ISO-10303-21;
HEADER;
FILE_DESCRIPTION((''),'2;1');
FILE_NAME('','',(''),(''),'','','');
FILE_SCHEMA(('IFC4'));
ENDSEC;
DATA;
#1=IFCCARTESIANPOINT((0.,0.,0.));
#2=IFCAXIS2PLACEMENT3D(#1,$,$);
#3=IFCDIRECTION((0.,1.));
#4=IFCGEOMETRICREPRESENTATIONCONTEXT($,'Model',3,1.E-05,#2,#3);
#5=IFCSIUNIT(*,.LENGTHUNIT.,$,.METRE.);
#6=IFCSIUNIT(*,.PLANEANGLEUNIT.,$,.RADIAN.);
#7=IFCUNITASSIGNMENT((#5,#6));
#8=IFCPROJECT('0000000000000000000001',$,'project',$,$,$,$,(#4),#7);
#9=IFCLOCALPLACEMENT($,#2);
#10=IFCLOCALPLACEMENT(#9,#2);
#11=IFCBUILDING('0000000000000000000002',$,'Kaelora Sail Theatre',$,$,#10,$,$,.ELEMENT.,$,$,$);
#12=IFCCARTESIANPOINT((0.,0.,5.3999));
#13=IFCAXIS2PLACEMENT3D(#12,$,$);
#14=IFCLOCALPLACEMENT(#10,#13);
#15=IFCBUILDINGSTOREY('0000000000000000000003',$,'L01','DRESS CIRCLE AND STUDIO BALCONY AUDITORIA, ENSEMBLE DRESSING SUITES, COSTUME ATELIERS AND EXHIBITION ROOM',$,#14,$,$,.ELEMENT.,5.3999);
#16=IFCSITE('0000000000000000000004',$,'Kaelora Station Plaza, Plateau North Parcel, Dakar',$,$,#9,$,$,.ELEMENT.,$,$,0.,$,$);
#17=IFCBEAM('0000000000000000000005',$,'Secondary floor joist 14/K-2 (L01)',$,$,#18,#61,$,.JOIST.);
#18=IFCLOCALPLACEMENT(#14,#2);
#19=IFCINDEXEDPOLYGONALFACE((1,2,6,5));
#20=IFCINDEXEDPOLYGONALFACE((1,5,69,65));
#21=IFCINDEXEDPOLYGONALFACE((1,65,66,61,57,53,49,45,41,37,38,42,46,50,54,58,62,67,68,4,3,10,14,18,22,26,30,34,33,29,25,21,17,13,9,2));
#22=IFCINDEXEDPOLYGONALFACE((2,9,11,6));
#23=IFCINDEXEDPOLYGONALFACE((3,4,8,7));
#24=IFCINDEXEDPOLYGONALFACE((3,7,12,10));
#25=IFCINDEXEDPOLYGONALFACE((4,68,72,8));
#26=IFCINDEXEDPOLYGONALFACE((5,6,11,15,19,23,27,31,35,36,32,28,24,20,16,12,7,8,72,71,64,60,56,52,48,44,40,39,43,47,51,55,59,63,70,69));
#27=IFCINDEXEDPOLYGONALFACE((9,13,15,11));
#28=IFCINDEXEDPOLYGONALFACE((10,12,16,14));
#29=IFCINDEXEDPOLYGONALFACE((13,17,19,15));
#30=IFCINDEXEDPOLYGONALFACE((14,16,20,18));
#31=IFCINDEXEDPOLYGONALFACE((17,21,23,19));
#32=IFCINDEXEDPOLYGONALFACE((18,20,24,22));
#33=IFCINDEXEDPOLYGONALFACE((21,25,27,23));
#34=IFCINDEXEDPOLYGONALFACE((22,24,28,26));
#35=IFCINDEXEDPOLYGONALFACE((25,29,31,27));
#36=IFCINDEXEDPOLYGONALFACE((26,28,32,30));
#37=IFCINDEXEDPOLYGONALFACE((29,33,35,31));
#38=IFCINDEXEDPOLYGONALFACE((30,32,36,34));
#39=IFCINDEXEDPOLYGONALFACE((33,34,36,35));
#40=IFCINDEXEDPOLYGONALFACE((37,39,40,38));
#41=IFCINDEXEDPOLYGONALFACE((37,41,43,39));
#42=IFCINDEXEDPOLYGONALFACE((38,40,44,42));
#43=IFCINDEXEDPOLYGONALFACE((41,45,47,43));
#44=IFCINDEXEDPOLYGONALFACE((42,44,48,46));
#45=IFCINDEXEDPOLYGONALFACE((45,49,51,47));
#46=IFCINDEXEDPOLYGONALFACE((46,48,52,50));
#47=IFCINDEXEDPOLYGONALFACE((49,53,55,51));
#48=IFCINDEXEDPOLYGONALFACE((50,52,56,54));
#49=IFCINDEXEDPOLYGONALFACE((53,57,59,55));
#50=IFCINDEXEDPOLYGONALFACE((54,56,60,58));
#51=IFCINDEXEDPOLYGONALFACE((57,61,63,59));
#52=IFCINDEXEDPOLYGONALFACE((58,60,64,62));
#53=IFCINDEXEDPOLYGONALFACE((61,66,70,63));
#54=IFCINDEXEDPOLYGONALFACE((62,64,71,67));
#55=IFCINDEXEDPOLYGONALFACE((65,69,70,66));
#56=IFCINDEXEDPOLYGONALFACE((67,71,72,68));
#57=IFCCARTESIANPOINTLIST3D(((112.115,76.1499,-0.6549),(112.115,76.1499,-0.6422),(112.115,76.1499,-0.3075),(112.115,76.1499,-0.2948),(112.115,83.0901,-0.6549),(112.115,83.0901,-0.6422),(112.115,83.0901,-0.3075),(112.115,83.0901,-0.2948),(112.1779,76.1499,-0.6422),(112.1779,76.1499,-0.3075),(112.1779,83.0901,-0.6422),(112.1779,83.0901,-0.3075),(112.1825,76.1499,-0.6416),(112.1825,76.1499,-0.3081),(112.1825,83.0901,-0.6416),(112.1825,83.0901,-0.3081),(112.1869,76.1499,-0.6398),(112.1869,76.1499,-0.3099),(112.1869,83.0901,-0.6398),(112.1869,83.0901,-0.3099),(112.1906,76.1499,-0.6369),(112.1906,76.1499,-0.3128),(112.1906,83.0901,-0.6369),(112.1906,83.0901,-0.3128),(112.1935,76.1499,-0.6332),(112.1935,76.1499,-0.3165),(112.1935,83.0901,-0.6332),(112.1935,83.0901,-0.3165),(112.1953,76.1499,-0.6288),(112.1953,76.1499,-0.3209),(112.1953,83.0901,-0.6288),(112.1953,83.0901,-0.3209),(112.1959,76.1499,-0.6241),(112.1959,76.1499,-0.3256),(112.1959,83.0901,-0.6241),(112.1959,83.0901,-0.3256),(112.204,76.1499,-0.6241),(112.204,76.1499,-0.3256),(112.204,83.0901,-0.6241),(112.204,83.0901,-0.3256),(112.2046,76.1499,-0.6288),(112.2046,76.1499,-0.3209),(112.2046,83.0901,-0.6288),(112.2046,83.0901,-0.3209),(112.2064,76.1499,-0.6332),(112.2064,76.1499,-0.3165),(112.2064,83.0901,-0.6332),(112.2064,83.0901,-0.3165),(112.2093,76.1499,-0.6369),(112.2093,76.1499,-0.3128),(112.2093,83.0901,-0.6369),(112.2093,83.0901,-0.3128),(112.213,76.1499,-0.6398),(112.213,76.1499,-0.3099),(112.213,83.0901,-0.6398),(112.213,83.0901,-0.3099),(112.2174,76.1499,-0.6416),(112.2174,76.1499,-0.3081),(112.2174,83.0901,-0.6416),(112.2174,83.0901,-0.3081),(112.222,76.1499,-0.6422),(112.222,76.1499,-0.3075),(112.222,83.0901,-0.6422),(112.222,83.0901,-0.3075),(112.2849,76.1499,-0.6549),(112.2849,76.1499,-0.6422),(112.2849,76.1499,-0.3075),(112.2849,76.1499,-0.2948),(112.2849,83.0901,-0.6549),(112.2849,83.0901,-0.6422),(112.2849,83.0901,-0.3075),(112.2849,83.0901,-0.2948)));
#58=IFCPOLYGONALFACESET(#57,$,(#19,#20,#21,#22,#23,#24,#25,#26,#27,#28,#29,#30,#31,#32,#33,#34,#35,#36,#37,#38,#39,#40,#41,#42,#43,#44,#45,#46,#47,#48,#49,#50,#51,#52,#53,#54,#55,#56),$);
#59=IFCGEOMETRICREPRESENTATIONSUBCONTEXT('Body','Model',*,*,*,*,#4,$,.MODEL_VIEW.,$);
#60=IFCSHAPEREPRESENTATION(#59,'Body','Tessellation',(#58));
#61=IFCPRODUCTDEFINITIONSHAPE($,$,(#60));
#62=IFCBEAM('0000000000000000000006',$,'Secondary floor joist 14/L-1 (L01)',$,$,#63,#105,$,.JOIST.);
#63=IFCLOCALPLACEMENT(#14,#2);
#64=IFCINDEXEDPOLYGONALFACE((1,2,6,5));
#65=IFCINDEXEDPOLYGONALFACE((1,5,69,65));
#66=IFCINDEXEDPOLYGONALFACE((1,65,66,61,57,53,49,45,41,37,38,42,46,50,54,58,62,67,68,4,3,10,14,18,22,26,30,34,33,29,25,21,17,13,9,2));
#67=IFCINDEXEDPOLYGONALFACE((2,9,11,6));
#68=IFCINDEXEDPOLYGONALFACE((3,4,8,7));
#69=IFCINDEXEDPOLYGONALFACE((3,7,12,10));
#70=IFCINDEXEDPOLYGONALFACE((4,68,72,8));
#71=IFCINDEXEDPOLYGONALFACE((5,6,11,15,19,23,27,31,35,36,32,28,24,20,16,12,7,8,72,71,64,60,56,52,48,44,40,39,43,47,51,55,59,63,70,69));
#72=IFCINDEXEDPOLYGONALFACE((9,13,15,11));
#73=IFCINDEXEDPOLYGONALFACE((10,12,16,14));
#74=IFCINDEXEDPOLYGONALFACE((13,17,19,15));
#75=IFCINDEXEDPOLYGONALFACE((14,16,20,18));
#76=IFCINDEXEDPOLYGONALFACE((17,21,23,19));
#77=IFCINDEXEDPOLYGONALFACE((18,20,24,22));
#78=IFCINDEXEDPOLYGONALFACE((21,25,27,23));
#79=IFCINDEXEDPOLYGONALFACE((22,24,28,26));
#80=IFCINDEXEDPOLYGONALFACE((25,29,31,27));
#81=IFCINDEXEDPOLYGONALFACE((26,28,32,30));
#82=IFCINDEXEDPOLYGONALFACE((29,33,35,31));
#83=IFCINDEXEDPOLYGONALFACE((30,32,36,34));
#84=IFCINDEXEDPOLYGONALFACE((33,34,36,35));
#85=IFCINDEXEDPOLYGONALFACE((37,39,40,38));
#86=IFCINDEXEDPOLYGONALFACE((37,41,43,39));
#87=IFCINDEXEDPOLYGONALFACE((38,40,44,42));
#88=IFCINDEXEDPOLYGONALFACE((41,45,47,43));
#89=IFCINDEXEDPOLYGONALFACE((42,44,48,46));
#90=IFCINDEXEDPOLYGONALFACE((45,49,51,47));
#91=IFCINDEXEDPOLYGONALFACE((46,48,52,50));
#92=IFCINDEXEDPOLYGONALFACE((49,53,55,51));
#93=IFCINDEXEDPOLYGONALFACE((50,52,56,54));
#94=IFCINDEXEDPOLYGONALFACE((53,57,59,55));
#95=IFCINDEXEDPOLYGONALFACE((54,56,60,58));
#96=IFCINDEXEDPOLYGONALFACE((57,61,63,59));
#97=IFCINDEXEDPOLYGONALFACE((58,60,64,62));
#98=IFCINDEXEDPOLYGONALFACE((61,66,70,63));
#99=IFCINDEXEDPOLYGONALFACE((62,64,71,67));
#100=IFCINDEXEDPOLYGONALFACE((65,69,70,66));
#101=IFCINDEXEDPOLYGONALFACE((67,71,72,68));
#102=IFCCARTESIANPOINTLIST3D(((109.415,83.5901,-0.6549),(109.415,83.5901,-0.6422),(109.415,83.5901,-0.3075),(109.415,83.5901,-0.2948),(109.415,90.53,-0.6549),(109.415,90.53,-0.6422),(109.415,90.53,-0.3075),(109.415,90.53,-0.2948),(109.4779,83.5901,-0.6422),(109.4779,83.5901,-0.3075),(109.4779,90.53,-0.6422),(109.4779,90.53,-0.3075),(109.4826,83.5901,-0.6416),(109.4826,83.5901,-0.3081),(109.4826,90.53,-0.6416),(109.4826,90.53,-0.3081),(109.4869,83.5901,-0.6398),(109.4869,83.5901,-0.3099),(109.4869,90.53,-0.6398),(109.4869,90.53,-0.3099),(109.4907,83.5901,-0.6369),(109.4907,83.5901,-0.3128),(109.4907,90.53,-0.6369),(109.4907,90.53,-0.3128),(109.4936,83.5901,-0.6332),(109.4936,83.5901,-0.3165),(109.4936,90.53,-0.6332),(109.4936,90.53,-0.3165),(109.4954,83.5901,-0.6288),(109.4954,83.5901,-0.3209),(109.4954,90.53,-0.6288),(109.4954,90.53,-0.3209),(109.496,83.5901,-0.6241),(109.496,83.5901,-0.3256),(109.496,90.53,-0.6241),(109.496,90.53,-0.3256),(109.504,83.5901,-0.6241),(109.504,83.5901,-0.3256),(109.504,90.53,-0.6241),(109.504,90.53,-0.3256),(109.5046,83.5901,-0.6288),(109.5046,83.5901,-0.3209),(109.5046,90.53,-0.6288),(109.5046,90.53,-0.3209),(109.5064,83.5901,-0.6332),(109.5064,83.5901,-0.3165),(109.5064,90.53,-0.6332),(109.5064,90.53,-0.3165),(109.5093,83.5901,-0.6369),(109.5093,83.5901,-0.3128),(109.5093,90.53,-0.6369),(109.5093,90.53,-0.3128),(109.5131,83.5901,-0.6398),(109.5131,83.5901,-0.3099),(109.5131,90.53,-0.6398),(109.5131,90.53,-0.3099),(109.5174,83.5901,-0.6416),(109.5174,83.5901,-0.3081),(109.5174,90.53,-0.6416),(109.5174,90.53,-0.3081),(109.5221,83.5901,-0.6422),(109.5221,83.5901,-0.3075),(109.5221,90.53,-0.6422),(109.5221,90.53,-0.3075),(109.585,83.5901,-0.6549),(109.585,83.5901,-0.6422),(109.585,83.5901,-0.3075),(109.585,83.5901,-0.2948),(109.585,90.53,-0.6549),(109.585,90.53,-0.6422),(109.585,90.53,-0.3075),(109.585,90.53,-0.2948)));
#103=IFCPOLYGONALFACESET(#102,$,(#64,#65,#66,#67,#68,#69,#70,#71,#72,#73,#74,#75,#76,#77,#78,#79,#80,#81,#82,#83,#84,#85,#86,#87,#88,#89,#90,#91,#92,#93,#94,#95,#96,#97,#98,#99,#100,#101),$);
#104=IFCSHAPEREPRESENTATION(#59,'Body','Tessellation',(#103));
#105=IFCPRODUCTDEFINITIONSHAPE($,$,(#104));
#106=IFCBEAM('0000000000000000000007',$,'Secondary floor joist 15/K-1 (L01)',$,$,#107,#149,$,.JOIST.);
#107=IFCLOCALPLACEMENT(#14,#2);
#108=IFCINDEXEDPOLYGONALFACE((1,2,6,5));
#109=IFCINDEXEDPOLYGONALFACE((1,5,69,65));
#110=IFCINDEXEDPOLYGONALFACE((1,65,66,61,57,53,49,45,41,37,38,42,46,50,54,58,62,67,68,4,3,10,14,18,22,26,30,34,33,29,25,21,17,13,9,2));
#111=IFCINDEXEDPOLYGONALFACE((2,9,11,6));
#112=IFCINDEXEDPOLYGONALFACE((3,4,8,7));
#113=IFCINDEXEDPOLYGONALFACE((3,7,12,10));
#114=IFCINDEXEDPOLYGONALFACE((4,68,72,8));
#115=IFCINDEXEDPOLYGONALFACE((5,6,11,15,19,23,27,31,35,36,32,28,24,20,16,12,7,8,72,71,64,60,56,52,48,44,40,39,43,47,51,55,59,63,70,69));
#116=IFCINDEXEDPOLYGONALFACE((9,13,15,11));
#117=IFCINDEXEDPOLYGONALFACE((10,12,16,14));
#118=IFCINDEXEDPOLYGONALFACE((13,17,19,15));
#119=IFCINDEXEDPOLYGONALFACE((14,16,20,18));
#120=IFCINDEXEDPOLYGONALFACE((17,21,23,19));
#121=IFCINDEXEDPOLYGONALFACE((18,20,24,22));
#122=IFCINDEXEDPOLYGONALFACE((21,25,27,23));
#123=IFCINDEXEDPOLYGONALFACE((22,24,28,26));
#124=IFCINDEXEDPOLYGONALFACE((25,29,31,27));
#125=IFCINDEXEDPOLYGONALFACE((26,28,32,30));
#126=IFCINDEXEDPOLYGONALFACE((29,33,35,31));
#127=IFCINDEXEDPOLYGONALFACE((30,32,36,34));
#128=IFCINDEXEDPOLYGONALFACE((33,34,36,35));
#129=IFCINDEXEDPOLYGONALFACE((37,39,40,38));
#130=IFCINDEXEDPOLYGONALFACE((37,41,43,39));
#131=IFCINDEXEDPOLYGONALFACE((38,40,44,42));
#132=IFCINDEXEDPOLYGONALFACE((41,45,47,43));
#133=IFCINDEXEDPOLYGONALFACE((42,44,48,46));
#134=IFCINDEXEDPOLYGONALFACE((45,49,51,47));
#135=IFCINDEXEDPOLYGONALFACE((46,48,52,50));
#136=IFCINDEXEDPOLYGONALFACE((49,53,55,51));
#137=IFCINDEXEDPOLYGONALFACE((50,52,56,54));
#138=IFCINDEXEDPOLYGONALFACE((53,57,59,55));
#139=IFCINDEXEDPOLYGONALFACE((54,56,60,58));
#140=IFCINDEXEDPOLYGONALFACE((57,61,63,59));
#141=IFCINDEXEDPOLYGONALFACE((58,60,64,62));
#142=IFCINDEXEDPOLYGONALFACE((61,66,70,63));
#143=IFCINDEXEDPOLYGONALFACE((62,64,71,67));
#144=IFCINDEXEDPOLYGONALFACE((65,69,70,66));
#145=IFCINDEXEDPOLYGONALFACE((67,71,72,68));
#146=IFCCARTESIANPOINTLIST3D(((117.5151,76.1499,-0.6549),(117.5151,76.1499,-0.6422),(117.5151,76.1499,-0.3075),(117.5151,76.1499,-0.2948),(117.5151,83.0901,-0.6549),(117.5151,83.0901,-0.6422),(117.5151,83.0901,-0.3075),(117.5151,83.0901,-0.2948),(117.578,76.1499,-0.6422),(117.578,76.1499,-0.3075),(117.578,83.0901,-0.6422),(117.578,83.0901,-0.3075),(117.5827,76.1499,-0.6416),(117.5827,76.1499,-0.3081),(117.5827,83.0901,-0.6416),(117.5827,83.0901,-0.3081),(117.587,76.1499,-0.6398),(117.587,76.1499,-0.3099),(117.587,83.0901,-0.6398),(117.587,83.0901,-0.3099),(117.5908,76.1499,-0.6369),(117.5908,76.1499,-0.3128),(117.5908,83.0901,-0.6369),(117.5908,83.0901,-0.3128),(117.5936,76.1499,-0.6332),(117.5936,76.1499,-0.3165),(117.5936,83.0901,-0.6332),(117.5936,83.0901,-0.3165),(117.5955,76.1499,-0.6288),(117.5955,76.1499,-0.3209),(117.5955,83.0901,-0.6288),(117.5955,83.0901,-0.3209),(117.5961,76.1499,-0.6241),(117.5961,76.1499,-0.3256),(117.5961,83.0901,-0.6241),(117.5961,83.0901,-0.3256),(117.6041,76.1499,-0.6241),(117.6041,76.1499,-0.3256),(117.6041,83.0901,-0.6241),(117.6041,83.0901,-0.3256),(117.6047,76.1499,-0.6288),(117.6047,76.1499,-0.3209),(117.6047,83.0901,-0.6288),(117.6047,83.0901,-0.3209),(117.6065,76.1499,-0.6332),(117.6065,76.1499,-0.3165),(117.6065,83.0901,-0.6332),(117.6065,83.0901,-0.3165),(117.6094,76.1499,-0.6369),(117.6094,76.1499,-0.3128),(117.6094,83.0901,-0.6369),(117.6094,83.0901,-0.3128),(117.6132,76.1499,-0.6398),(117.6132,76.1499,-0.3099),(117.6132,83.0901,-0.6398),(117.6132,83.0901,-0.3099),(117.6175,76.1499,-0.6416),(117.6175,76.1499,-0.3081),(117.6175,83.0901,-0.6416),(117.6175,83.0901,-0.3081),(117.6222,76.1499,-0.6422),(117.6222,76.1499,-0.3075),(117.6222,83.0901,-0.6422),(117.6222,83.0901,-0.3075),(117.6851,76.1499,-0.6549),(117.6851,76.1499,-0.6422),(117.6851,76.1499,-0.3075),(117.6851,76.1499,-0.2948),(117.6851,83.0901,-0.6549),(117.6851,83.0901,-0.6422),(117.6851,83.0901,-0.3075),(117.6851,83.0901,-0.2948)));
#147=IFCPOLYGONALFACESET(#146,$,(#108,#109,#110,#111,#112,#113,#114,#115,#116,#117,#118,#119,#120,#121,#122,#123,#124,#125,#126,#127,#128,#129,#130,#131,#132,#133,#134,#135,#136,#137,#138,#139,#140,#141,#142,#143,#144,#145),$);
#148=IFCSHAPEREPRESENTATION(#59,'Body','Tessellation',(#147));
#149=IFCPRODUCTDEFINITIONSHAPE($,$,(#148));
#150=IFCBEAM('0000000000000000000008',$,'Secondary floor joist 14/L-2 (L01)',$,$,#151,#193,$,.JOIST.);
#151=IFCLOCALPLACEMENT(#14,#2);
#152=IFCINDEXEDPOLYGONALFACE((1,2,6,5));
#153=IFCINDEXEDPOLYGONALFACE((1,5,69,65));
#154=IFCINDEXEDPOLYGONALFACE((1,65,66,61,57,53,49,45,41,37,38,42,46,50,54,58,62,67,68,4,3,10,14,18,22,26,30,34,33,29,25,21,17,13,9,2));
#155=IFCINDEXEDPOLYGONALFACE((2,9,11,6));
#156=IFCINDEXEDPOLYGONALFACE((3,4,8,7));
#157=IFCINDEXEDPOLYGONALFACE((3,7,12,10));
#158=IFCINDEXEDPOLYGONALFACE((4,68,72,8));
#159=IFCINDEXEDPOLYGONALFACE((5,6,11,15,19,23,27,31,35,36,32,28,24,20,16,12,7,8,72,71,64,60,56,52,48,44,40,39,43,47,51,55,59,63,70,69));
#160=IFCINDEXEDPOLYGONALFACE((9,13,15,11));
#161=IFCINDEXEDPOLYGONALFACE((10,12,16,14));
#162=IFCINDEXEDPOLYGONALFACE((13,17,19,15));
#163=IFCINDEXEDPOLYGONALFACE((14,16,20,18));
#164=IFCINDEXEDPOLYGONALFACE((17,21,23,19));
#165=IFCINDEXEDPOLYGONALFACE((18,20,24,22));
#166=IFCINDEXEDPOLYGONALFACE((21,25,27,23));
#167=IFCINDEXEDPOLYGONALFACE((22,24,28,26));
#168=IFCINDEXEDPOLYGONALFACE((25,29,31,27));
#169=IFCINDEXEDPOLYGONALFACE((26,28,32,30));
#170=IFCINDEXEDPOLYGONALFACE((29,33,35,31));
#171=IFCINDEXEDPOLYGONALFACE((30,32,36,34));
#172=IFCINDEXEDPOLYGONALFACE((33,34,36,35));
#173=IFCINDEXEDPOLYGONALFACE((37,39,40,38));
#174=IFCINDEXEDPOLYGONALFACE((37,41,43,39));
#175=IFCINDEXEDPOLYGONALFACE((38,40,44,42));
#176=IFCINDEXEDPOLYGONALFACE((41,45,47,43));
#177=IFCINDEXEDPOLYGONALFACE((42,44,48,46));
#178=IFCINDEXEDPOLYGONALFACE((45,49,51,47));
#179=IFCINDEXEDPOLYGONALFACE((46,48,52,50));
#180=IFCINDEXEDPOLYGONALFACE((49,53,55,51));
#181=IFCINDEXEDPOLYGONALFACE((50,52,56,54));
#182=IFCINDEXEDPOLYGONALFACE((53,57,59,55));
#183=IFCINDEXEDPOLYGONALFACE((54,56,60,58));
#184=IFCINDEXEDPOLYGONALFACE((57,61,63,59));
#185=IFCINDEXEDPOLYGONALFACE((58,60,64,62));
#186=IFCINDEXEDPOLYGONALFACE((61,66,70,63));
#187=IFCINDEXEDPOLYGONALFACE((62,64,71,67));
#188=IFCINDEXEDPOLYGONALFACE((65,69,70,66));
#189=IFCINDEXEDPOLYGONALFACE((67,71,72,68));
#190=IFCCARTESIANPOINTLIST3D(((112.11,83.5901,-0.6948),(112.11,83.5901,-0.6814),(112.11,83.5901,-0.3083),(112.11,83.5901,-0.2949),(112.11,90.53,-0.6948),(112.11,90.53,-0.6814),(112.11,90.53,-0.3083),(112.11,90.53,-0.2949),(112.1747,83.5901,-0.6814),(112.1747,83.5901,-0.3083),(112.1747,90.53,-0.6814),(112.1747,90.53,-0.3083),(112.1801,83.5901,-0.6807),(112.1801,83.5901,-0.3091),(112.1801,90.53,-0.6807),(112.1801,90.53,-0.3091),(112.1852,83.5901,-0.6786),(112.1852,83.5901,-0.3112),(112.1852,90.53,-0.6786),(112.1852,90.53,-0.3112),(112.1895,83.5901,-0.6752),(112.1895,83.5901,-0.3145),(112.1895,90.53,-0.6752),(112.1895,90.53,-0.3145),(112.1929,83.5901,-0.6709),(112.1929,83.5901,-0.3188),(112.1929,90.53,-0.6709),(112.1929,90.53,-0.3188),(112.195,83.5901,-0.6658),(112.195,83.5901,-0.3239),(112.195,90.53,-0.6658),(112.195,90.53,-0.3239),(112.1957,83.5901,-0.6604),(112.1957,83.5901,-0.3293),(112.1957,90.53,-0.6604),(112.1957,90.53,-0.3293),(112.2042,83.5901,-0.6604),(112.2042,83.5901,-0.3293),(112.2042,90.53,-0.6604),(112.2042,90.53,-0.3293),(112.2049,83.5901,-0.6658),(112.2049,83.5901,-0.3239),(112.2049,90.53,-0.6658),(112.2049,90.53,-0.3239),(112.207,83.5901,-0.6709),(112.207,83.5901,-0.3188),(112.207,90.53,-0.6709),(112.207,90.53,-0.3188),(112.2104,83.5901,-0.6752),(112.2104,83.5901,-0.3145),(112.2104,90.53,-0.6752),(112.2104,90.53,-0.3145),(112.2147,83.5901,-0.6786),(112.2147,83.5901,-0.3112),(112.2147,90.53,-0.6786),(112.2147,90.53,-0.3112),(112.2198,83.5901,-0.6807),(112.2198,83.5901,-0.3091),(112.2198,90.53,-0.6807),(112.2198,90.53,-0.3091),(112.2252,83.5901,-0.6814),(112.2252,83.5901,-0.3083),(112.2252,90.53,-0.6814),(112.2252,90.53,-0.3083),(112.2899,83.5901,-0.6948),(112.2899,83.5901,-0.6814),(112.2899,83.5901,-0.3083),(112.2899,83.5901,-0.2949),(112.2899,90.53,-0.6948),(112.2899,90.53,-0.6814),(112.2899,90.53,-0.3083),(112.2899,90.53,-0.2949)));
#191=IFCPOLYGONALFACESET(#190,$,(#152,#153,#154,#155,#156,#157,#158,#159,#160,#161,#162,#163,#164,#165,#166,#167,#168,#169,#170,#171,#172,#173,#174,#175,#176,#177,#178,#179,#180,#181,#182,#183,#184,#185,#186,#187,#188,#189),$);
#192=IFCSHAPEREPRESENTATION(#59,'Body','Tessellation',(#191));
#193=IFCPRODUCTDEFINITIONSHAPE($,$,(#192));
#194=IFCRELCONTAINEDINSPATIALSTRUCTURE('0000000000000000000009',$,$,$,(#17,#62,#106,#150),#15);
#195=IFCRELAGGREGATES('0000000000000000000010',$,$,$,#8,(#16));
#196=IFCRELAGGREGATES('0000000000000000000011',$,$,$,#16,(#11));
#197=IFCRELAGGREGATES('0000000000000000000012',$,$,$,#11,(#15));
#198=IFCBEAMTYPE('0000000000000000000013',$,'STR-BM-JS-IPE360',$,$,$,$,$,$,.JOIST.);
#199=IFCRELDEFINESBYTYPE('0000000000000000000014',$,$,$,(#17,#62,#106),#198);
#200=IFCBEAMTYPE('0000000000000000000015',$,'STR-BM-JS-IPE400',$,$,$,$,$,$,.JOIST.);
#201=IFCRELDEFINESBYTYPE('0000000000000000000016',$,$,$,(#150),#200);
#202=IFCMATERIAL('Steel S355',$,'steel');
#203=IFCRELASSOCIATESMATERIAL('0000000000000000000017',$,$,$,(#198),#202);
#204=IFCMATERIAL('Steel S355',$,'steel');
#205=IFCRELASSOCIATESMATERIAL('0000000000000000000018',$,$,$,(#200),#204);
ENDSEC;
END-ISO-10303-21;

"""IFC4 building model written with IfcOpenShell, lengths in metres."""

from ifc_helpers import new_model, si_unit, direction, frame, origin, origin_2d, place, context, subcontext, project, spatial, i_section, extrude, material, material_profile, profile_set, type_object, element, save


model = new_model("IFC4")

# Units and contexts
model_context = context("Model", 3, precision=1e-05, world=origin(), true_north=direction((0.0, 1.0)))
body_context = subcontext(model_context, "Body", "Model", "MODEL_VIEW")
ifc_project = project(units=[si_unit("LENGTHUNIT", "METRE"), si_unit("PLANEANGLEUNIT", "RADIAN")], contexts=[model_context])

# Site, building, storey
site_placement = place(None, origin())
site = spatial("IfcSite", under=ifc_project, at=site_placement, Name="Kaelora Station Plaza, Plateau North Parcel, Dakar", CompositionType="ELEMENT", RefElevation=0.0)
building_placement = place(site_placement, origin())
building = spatial("IfcBuilding", under=site, at=building_placement, Name="Kaelora Sail Theatre", CompositionType="ELEMENT")
storey_placement = place(building_placement, frame((0.0, 0.0, 5.3999)))
storey = spatial("IfcBuildingStorey", under=building, at=storey_placement, Name="L01", Description="DRESS CIRCLE AND STUDIO BALCONY AUDITORIA, ENSEMBLE DRESSING SUITES, COSTUME ATELIERS AND EXHIBITION ROOM", CompositionType="ELEMENT", Elevation=5.3999)

# Beams
ifc_material_1 = material(Name="Steel S355", Category="steel")
ifc_material_profile_1 = material_profile(ifc_material_1, i_section(OverallWidth=0.1699, OverallDepth=0.3601, WebThickness=0.0081, FlangeThickness=0.0127, FilletRadius=0.0181, at=origin_2d()), Name="IPE 360")
ifc_profile_set_1 = profile_set([ifc_material_profile_1], Name="Steel S355")
beam_type_1 = type_object("IfcBeamType", Name="STR-BM-JS-IPE360", PredefinedType="JOIST", material=ifc_profile_set_1)
beam_1_placement = place(storey_placement, frame((112.2, 76.1499, -0.4749), z_axis=(0.0, 1.0, 0.0), x_axis=(-1.0, 0.0, 0.0)))
element("IfcBeam", 1, at=beam_1_placement, inside=storey, type_object=beam_type_1, Name="Secondary floor joist 14/K-2 (L01)", PredefinedType="JOIST", context=body_context, shape_type="SweptSolid", body=[
    extrude(i_section(OverallWidth=0.1699, OverallDepth=0.3601, WebThickness=0.0081, FlangeThickness=0.0127, FilletRadius=0.0181, at=origin_2d()), origin(), (0.0, 0.0, 1.0), 6.9402),
])
beam_2_placement = place(storey_placement, frame((109.5, 83.5901, -0.4749), z_axis=(0.0, 1.0, 0.0), x_axis=(-1.0, 0.0, 0.0)))
element("IfcBeam", 2, at=beam_2_placement, inside=storey, type_object=beam_type_1, Name="Secondary floor joist 14/L-1 (L01)", PredefinedType="JOIST", context=body_context, shape_type="SweptSolid", body=[
    extrude(i_section(OverallWidth=0.1699, OverallDepth=0.3601, WebThickness=0.0081, FlangeThickness=0.0127, FilletRadius=0.0181, at=origin_2d()), origin(), (0.0, 0.0, 1.0), 6.9399),
])
beam_3_placement = place(storey_placement, frame((117.6001, 76.1499, -0.4749), z_axis=(0.0, 1.0, 0.0), x_axis=(-1.0, 0.0, 0.0)))
element("IfcBeam", 3, at=beam_3_placement, inside=storey, type_object=beam_type_1, Name="Secondary floor joist 15/K-1 (L01)", PredefinedType="JOIST", context=body_context, shape_type="SweptSolid", body=[
    extrude(i_section(OverallWidth=0.1699, OverallDepth=0.3601, WebThickness=0.0081, FlangeThickness=0.0127, FilletRadius=0.0181, at=origin_2d()), origin(), (0.0, 0.0, 1.0), 6.9402),
])
ifc_material_2 = material(Name="Steel S355", Category="steel")
ifc_material_profile_2 = material_profile(ifc_material_2, i_section(OverallWidth=0.1799, OverallDepth=0.3999, WebThickness=0.0085, FlangeThickness=0.0134, FilletRadius=0.021, at=origin_2d()), Name="IPE 400")
ifc_profile_set_2 = profile_set([ifc_material_profile_2], Name="Steel S355")
beam_type_2 = type_object("IfcBeamType", Name="STR-BM-JS-IPE400", PredefinedType="JOIST", material=ifc_profile_set_2)
beam_4_placement = place(storey_placement, frame((112.2, 83.5901, -0.4949), z_axis=(0.0, 1.0, 0.0), x_axis=(-1.0, 0.0, 0.0)))
element("IfcBeam", 4, at=beam_4_placement, inside=storey, type_object=beam_type_2, Name="Secondary floor joist 14/L-2 (L01)", PredefinedType="JOIST", context=body_context, shape_type="SweptSolid", body=[
    extrude(i_section(OverallWidth=0.1799, OverallDepth=0.3999, WebThickness=0.0085, FlangeThickness=0.0134, FilletRadius=0.021, at=origin_2d()), origin(), (0.0, 0.0, 1.0), 6.9399),
])

save(model, "model.ifc")
